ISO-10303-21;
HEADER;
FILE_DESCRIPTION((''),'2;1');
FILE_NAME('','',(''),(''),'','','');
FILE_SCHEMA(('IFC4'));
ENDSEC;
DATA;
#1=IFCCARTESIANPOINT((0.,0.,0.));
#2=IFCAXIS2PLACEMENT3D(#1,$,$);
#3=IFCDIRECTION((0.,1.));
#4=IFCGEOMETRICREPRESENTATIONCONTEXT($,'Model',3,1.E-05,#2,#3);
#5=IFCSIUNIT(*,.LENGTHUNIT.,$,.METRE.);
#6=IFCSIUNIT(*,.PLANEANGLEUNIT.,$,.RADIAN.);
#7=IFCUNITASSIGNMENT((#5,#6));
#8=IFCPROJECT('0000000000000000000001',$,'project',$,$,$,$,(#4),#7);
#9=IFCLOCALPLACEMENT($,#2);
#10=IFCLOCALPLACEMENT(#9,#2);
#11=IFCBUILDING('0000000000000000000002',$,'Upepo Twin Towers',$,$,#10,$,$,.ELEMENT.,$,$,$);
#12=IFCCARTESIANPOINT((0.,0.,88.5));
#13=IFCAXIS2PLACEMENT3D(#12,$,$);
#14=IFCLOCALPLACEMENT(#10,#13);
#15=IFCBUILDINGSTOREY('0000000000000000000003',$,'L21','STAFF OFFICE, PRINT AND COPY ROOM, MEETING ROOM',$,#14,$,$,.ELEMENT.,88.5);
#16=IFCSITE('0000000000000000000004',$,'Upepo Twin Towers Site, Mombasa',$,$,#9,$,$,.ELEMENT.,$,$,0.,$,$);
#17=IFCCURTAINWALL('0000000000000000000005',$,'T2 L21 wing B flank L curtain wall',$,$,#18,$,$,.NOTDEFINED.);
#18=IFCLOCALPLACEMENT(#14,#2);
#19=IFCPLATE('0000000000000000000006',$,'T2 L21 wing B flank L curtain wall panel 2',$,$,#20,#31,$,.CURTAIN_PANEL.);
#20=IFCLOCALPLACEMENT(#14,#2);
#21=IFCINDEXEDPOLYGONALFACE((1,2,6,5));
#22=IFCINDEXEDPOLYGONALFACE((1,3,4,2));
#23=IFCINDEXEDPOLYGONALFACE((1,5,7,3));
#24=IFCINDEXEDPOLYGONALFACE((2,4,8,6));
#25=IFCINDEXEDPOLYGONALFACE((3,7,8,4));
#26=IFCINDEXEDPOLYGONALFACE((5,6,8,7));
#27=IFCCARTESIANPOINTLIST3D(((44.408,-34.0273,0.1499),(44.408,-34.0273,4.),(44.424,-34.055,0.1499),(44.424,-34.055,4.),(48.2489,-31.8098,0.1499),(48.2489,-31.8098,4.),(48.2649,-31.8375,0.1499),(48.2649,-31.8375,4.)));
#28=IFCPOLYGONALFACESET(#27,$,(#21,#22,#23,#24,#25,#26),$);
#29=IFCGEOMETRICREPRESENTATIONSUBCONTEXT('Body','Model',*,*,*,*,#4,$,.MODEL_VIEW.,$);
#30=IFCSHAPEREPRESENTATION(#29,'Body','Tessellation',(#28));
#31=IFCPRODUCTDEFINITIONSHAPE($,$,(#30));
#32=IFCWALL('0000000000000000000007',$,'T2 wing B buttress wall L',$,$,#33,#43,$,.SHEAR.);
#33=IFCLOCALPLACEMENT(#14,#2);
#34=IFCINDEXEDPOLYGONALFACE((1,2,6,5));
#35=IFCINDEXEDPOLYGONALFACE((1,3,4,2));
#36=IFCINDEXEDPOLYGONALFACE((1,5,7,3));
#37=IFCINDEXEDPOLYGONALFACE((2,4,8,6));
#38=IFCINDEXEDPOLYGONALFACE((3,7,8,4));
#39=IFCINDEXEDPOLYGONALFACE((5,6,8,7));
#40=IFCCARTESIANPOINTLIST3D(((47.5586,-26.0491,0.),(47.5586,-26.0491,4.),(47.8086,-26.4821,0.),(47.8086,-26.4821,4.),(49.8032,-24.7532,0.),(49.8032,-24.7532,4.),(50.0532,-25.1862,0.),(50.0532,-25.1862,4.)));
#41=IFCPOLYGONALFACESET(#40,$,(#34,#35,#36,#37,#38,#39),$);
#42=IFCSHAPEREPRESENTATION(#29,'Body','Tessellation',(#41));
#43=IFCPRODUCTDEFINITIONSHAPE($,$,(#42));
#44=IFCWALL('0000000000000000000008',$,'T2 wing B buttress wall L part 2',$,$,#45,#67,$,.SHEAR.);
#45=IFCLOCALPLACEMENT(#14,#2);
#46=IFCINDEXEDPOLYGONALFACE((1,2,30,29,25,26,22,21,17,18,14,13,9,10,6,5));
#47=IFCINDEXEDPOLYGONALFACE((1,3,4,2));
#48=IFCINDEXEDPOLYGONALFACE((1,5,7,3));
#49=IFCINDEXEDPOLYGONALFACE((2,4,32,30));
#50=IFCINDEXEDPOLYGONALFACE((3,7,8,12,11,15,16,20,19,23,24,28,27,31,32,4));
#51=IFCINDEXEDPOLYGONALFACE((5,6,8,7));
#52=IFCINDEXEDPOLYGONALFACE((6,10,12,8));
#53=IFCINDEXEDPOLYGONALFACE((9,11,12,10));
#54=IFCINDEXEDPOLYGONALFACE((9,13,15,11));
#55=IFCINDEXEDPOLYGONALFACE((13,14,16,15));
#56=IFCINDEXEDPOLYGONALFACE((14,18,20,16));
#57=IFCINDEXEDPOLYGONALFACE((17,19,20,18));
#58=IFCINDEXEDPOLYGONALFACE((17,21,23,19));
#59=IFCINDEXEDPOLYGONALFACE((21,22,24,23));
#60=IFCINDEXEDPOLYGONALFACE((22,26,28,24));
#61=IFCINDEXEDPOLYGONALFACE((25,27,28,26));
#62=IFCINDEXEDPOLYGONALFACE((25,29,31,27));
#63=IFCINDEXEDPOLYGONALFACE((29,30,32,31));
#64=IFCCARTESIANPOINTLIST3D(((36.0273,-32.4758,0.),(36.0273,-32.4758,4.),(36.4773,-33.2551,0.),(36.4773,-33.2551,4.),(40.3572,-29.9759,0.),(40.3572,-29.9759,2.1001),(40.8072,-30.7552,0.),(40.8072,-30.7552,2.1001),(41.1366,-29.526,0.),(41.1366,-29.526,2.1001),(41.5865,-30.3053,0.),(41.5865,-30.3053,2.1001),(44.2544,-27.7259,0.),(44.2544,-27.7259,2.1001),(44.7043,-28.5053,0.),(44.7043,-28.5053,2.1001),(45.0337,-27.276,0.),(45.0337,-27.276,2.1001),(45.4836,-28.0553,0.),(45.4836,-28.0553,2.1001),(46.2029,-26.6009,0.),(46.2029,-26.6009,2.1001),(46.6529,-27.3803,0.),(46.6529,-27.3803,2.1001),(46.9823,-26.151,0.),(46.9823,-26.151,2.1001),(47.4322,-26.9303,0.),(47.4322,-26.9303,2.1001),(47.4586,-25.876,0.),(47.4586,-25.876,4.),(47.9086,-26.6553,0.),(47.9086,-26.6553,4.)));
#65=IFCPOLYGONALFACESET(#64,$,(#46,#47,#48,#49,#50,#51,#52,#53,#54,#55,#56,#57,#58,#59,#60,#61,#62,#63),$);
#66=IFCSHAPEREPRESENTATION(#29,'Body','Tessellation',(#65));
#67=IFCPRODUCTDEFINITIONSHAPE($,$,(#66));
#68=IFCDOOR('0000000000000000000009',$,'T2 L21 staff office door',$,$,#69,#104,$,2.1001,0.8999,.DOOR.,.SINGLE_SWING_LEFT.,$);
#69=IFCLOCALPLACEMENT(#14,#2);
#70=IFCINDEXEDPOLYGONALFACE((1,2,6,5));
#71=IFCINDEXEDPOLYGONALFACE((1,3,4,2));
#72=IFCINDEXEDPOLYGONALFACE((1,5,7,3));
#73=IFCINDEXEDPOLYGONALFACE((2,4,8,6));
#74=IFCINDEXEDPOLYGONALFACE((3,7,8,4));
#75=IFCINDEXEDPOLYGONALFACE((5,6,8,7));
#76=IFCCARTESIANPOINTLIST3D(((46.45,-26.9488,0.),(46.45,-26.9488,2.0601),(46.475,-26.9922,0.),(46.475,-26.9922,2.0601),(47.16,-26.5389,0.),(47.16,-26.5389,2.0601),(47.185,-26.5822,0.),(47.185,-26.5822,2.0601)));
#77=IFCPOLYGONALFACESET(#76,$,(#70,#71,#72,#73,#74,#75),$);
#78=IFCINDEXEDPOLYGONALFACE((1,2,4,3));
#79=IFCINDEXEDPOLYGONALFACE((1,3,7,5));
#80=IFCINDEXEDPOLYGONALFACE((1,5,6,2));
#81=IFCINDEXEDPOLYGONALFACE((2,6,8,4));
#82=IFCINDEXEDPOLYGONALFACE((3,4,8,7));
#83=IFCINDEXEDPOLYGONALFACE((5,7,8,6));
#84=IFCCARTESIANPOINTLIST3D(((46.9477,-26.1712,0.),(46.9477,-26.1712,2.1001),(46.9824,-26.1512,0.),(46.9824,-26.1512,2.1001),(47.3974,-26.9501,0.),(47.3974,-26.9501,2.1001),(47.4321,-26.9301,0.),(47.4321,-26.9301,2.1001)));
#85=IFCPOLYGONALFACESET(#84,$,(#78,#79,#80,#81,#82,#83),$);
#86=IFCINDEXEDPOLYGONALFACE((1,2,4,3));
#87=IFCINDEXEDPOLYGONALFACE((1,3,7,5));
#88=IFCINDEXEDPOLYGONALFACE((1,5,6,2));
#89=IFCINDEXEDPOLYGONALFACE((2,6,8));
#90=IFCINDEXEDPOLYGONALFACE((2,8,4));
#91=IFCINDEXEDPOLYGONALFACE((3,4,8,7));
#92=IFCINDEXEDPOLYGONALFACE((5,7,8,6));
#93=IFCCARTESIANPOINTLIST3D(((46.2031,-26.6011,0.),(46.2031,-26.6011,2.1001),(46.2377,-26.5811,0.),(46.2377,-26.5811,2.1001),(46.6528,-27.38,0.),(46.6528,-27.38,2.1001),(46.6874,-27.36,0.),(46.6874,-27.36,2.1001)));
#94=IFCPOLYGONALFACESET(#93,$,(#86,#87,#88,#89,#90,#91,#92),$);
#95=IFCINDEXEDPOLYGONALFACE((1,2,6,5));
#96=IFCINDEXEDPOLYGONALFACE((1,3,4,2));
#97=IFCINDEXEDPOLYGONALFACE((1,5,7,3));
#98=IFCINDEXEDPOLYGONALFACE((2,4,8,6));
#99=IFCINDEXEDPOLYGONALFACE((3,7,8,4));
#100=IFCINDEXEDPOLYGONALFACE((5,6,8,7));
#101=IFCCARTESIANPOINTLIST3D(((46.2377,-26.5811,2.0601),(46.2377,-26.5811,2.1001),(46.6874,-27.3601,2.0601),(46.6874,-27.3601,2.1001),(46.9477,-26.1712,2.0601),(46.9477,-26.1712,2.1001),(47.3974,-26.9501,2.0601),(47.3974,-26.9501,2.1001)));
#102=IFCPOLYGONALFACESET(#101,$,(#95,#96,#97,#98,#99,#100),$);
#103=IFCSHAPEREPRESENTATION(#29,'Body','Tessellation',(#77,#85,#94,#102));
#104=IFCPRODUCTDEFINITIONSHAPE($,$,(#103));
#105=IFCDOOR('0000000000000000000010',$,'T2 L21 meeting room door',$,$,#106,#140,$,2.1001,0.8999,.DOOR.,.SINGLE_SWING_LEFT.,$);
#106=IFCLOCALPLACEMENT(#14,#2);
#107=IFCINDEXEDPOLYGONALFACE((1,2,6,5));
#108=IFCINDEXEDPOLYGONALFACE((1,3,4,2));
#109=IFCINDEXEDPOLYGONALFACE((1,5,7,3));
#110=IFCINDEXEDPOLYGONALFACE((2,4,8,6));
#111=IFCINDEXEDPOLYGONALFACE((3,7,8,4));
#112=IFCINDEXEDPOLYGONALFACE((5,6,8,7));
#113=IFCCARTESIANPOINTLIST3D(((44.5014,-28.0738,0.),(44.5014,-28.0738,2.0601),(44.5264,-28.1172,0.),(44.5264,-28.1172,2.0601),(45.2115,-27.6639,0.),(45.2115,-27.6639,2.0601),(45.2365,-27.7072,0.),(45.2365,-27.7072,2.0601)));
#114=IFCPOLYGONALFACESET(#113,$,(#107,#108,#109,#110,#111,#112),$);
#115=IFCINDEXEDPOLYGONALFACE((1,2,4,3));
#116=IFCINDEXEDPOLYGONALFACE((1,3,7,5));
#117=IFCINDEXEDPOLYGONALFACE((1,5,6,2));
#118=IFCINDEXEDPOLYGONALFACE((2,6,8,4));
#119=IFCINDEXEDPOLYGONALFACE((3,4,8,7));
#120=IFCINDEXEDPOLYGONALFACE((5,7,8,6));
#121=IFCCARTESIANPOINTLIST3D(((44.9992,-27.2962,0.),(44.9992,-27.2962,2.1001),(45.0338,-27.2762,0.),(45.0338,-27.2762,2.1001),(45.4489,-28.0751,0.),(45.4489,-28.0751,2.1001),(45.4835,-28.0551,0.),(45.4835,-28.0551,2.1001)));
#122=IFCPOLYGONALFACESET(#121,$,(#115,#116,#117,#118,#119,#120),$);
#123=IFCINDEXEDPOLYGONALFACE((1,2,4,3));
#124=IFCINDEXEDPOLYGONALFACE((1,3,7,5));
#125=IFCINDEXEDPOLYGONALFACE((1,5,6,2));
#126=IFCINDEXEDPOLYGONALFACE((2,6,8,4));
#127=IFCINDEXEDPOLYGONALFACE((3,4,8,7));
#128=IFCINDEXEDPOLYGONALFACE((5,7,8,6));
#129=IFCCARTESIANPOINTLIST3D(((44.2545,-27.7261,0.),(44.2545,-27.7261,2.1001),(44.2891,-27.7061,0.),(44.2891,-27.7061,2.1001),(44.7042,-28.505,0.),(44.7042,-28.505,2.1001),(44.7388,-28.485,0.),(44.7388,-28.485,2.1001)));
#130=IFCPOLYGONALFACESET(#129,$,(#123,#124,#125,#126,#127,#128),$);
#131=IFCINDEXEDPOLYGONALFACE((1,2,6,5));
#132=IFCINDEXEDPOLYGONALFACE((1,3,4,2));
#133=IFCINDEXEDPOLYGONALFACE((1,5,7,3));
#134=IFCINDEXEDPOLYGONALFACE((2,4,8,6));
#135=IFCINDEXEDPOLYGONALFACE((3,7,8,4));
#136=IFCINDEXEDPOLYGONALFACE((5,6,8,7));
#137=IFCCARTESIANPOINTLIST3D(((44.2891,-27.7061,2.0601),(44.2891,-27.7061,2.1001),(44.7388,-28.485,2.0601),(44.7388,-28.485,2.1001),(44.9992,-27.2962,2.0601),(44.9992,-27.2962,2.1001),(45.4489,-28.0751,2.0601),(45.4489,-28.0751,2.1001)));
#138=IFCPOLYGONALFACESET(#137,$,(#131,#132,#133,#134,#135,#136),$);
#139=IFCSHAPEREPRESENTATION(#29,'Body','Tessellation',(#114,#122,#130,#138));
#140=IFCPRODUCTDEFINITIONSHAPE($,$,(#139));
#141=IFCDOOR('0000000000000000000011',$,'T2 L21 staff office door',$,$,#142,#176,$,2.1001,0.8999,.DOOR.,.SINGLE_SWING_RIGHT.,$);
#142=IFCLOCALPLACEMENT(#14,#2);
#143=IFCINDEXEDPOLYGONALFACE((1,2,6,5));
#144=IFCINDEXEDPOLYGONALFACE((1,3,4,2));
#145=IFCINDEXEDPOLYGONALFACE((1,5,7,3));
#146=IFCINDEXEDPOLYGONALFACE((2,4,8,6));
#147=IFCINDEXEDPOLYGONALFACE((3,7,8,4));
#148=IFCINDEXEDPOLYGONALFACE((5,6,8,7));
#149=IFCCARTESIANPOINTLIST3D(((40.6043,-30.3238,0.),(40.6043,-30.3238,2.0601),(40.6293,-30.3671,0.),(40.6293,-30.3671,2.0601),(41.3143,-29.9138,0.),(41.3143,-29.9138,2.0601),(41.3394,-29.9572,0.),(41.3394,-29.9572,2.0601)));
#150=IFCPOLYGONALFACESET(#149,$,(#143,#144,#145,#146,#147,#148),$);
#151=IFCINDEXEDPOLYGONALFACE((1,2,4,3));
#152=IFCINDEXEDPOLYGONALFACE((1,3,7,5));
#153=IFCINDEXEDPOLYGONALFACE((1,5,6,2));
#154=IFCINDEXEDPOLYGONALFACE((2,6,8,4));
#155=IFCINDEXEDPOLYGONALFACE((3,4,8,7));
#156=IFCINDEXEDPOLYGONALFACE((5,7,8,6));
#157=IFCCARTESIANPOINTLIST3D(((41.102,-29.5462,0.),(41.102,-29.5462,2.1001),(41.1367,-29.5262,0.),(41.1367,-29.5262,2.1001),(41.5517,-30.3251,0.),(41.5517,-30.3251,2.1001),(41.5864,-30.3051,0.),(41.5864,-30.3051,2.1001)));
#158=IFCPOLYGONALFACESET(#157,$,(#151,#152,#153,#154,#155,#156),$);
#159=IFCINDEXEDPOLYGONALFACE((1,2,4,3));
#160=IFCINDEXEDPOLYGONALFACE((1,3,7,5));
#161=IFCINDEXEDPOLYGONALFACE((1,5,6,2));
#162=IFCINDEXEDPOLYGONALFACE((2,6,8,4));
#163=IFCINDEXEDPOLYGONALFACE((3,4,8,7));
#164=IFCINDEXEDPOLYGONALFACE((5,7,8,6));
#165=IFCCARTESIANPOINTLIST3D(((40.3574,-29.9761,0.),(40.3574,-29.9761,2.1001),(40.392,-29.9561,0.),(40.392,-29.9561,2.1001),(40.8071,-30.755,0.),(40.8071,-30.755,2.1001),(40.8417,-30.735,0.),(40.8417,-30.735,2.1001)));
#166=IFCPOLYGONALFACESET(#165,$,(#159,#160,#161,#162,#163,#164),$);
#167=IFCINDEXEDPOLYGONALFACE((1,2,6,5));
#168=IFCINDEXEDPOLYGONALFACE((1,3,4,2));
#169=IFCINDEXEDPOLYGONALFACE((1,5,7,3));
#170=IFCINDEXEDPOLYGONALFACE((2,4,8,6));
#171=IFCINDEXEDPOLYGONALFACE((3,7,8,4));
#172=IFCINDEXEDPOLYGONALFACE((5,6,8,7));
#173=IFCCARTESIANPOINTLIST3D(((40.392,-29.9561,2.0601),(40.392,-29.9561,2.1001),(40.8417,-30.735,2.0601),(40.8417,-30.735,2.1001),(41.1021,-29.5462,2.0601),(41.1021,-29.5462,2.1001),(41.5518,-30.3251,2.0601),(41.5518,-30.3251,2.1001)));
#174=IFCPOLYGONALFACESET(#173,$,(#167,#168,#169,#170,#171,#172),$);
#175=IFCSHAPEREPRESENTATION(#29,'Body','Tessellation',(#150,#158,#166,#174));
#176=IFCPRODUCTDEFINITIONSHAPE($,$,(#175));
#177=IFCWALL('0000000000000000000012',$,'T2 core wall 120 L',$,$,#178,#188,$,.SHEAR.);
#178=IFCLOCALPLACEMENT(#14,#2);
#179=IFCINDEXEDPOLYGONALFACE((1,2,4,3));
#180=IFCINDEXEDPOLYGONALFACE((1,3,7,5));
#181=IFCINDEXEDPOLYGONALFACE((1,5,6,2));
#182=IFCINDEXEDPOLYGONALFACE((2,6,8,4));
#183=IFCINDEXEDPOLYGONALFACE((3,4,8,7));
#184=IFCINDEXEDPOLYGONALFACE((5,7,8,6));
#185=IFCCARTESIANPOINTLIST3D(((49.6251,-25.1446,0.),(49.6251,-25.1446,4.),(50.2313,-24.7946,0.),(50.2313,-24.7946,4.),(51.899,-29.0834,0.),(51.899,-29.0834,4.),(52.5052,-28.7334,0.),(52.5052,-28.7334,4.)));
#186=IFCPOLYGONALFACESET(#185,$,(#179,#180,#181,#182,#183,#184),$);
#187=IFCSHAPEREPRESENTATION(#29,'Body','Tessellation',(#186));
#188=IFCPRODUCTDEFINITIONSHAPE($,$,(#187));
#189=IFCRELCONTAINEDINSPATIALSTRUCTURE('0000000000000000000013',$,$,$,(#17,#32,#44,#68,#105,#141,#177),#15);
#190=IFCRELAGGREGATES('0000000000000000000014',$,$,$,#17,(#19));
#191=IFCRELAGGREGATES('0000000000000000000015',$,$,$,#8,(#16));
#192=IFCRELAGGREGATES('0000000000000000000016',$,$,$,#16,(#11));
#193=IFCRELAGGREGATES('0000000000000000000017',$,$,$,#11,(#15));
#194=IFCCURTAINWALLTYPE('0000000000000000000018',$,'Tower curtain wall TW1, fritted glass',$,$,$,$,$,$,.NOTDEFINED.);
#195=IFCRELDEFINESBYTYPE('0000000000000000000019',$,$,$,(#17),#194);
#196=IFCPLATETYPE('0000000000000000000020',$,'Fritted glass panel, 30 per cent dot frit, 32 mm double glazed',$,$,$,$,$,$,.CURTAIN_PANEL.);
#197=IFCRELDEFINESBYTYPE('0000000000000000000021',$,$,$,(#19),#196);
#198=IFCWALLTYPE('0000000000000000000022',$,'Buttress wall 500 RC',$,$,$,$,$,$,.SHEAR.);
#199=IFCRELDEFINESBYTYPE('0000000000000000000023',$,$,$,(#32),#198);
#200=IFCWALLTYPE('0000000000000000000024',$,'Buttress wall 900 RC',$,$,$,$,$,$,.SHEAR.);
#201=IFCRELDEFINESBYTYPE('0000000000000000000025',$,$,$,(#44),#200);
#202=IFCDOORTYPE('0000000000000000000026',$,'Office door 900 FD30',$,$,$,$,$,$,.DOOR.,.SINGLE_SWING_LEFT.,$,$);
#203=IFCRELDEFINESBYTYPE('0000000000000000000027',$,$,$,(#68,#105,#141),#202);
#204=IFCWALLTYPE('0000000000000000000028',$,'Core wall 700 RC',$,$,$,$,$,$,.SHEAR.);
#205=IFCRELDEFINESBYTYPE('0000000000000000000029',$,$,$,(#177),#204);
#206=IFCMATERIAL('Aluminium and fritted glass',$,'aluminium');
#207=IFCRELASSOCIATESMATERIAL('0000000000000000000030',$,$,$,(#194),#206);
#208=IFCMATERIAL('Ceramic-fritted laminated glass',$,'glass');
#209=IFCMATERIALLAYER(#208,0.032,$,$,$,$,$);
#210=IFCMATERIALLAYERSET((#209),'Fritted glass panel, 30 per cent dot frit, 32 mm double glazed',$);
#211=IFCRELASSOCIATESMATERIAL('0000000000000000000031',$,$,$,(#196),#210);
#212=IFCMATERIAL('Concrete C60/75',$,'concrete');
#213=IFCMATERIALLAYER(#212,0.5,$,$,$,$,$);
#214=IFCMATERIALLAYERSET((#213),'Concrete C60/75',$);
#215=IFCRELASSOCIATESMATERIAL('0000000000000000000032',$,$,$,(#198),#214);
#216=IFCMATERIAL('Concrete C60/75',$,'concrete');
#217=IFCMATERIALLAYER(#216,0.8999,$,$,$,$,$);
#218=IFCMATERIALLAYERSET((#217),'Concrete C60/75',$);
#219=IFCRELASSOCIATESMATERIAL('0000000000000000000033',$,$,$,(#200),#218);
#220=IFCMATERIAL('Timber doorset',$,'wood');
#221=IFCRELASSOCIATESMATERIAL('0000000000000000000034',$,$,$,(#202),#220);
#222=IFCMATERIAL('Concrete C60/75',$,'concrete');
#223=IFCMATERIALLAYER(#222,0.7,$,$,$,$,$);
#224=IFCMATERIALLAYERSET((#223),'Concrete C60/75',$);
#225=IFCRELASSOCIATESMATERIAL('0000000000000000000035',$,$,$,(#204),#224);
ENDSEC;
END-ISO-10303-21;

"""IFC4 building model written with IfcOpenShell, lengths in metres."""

from ifc_helpers import new_model, si_unit, direction, frame, frame_2d, origin, origin_2d, place, context, subcontext, project, spatial, rectangle, extrude, material, layer, layer_set, type_object, element, fill, aggregate, save


model = new_model("IFC4")

# Units and contexts
model_context = context("Model", 3, precision=1e-05, world=origin(), true_north=direction((0.0, 1.0)))
body_context = subcontext(model_context, "Body", "Model", "MODEL_VIEW")
ifc_project = project(units=[si_unit("LENGTHUNIT", "METRE"), si_unit("PLANEANGLEUNIT", "RADIAN")], contexts=[model_context])

# Site, building, storey
site_placement = place(None, origin())
site = spatial("IfcSite", under=ifc_project, at=site_placement, Name="Upepo Twin Towers Site, Mombasa", CompositionType="ELEMENT", RefElevation=0.0)
building_placement = place(site_placement, origin())
building = spatial("IfcBuilding", under=site, at=building_placement, Name="Upepo Twin Towers", CompositionType="ELEMENT")
storey_placement = place(building_placement, frame((0.0, 0.0, 88.5)))
storey = spatial("IfcBuildingStorey", under=building, at=storey_placement, Name="L21", Description="STAFF OFFICE, PRINT AND COPY ROOM, MEETING ROOM", CompositionType="ELEMENT", Elevation=88.5)

# Curtain wall, plate
ifc_material_1 = material(Name="Aluminium and fritted glass", Category="aluminium")
curtain_wall_type = type_object("IfcCurtainWallType", Name="Tower curtain wall TW1, fritted glass", PredefinedType="NOTDEFINED", material=ifc_material_1)
curtain_wall_placement = place(storey_placement, origin())
curtain_wall = element("IfcCurtainWall", 1, at=curtain_wall_placement, inside=storey, type_object=curtain_wall_type, Name="T2 L21 wing B flank L curtain wall", PredefinedType="NOTDEFINED")
ifc_material_2 = material(Name="Ceramic-fritted laminated glass", Category="glass")
ifc_layer_1 = layer(ifc_material_2, 0.032)
ifc_layer_set_1 = layer_set([ifc_layer_1], Name="Fritted glass panel, 30 per cent dot frit, 32 mm double glazed")
plate_type = type_object("IfcPlateType", Name="Fritted glass panel, 30 per cent dot frit, 32 mm double glazed", PredefinedType="CURTAIN_PANEL", material=ifc_layer_set_1)
plate_1_placement = place(storey_placement, frame((46.3364, -32.9324, 0.1499), z_axis=(0.0, 0.0, 1.0), x_axis=(-0.866025, -0.5, 0.0)))
plate_1 = element("IfcPlate", 2, at=plate_1_placement, type_object=plate_type, Name="T2 L21 wing B flank L curtain wall panel 2", PredefinedType="CURTAIN_PANEL", context=body_context, shape_type="SweptSolid", body=[
    extrude(rectangle(XDim=4.4351, YDim=0.032, at=origin_2d()), origin(), (0.0, 0.0, 1.0), 3.8501),
])
aggregate(curtain_wall, [plate_1])

# Wall
ifc_material_3 = material(Name="Concrete C60/75", Category="concrete")
ifc_layer_2 = layer(ifc_material_3, 0.5)
ifc_layer_set_2 = layer_set([ifc_layer_2], Name="Concrete C60/75")
wall_type_1 = type_object("IfcWallType", Name="Buttress wall 500 RC", PredefinedType="SHEAR", material=ifc_layer_set_2)
wall_1_placement = place(storey_placement, frame((49.9282, -24.9697, 0.0), z_axis=(0.0, 0.0, 1.0), x_axis=(-0.866032, -0.499989, 0.0)))
element("IfcWall", 3, at=wall_1_placement, inside=storey, type_object=wall_type_1, Name="T2 wing B buttress wall L", PredefinedType="SHEAR", context=body_context, shape_type="SweptSolid", body=[
    extrude(rectangle(XDim=2.5918, YDim=0.5, at=frame_2d((1.2959, 0.0))), origin(), (0.0, 0.0, 1.0), 4.0),
])

# Wall, openings, doors
ifc_material_4 = material(Name="Concrete C60/75", Category="concrete")
ifc_layer_3 = layer(ifc_material_4, 0.8999)
ifc_layer_set_3 = layer_set([ifc_layer_3], Name="Concrete C60/75")
wall_type_2 = type_object("IfcWallType", Name="Buttress wall 900 RC", PredefinedType="SHEAR", material=ifc_layer_set_3)
wall_2_placement = place(storey_placement, frame((47.6836, -26.2656, 0.0), z_axis=(0.0, 0.0, 1.0), x_axis=(-0.866028, -0.499996, 0.0)))
wall_2 = element("IfcWall", 4, at=wall_2_placement, inside=storey, type_object=wall_type_2, Name="T2 wing B buttress wall L part 2", PredefinedType="SHEAR", context=body_context, shape_type="SweptSolid", body=[
    extrude(rectangle(XDim=13.1997, YDim=0.8999, at=frame_2d((6.5999, 0.0))), origin(), (0.0, 0.0, 1.0), 4.0),
])
opening_1_placement = place(wall_2_placement, frame((0.55, 0.0, 0.0)))
opening_1 = element("IfcOpeningElement", 5, at=opening_1_placement, cuts=wall_2, PredefinedType="OPENING", context=body_context, shape_type="SweptSolid", body=[
    extrude(rectangle(XDim=0.8999, YDim=2.1001, at=frame_2d((0.45, 1.05))), frame((0.0, 0.46, 0.0), z_axis=(0.0, -1.0, 0.0), x_axis=(1.0, 0.0, 0.0)), (0.0, 0.0, 1.0), 0.9199),
])
opening_2_placement = place(wall_2_placement, frame((2.8, 0.0, 0.0)))
opening_2 = element("IfcOpeningElement", 6, at=opening_2_placement, cuts=wall_2, PredefinedType="OPENING", context=body_context, shape_type="SweptSolid", body=[
    extrude(rectangle(XDim=0.8999, YDim=2.1001, at=frame_2d((0.45, 1.05))), frame((0.0, 0.46, 0.0), z_axis=(0.0, -1.0, 0.0), x_axis=(1.0, 0.0, 0.0)), (0.0, 0.0, 1.0), 0.9199),
])
opening_3_placement = place(wall_2_placement, frame((7.3, 0.0, 0.0)))
opening_3 = element("IfcOpeningElement", 7, at=opening_3_placement, cuts=wall_2, PredefinedType="OPENING", context=body_context, shape_type="SweptSolid", body=[
    extrude(rectangle(XDim=0.8999, YDim=2.1001, at=frame_2d((0.45, 1.05))), frame((0.0, 0.46, 0.0), z_axis=(0.0, -1.0, 0.0), x_axis=(1.0, 0.0, 0.0)), (0.0, 0.0, 1.0), 0.9199),
])
ifc_material_5 = material(Name="Timber doorset", Category="wood")
door_type_1 = type_object("IfcDoorType", Name="Office door 900 FD30", OperationType="SINGLE_SWING_LEFT", PredefinedType="DOOR", material=ifc_material_5)
door_1_placement = place(opening_1_placement, origin())
door_1 = element("IfcDoor", 8, at=door_1_placement, inside=storey, type_object=door_type_1, Name="T2 L21 staff office door", OperationType="SINGLE_SWING_LEFT", OverallHeight=2.1001, OverallWidth=0.8999, PredefinedType="DOOR", context=body_context, shape_type="SweptSolid", body=[
    extrude(rectangle(XDim=0.8199, YDim=2.0601, at=frame_2d((0.45, 1.03))), frame((0.0, 0.0249, 0.0), z_axis=(0.0, -1.0, 0.0), x_axis=(1.0, 0.0, 0.0)), (0.0, 0.0, 1.0), 0.05),
    extrude(rectangle(XDim=0.04, YDim=2.1001, at=frame_2d((0.02, 1.05))), frame((0.0, 0.4497, 0.0), z_axis=(0.0, -1.0, 0.0), x_axis=(1.0, 0.0, 0.0)), (0.0, 0.0, 1.0), 0.8994),
    extrude(rectangle(XDim=0.04, YDim=2.1001, at=frame_2d((0.8799, 1.05))), frame((0.0, 0.4497, 0.0), z_axis=(0.0, -1.0, 0.0), x_axis=(1.0, 0.0, 0.0)), (0.0, 0.0, 1.0), 0.8994),
    extrude(rectangle(XDim=0.8199, YDim=0.04, at=frame_2d((0.45, 2.0801))), frame((0.0, 0.4497, 0.0), z_axis=(0.0, -1.0, 0.0), x_axis=(1.0, 0.0, 0.0)), (0.0, 0.0, 1.0), 0.8994),
])
fill(opening_1, door_1)
door_2_placement = place(opening_2_placement, origin())
door_2 = element("IfcDoor", 9, at=door_2_placement, inside=storey, type_object=door_type_1, Name="T2 L21 meeting room door", OperationType="SINGLE_SWING_LEFT", OverallHeight=2.1001, OverallWidth=0.8999, PredefinedType="DOOR", context=body_context, shape_type="SweptSolid", body=[
    extrude(rectangle(XDim=0.8199, YDim=2.0601, at=frame_2d((0.45, 1.03))), frame((0.0, 0.0249, 0.0), z_axis=(0.0, -1.0, 0.0), x_axis=(1.0, 0.0, 0.0)), (0.0, 0.0, 1.0), 0.05),
    extrude(rectangle(XDim=0.04, YDim=2.1001, at=frame_2d((0.02, 1.05))), frame((0.0, 0.4497, 0.0), z_axis=(0.0, -1.0, 0.0), x_axis=(1.0, 0.0, 0.0)), (0.0, 0.0, 1.0), 0.8994),
    extrude(rectangle(XDim=0.04, YDim=2.1001, at=frame_2d((0.8799, 1.05))), frame((0.0, 0.4497, 0.0), z_axis=(0.0, -1.0, 0.0), x_axis=(1.0, 0.0, 0.0)), (0.0, 0.0, 1.0), 0.8994),
    extrude(rectangle(XDim=0.8199, YDim=0.04, at=frame_2d((0.45, 2.0801))), frame((0.0, 0.4497, 0.0), z_axis=(0.0, -1.0, 0.0), x_axis=(1.0, 0.0, 0.0)), (0.0, 0.0, 1.0), 0.8994),
])
fill(opening_2, door_2)
door_3_placement = place(opening_3_placement, origin())
door_3 = element("IfcDoor", 10, at=door_3_placement, inside=storey, type_object=door_type_1, Name="T2 L21 staff office door", OperationType="SINGLE_SWING_RIGHT", OverallHeight=2.1001, OverallWidth=0.8999, PredefinedType="DOOR", context=body_context, shape_type="SweptSolid", body=[
    extrude(rectangle(XDim=0.8199, YDim=2.0601, at=frame_2d((0.45, 1.03))), frame((0.0, 0.0249, 0.0), z_axis=(0.0, -1.0, 0.0), x_axis=(1.0, 0.0, 0.0)), (0.0, 0.0, 1.0), 0.05),
    extrude(rectangle(XDim=0.04, YDim=2.1001, at=frame_2d((0.02, 1.05))), frame((0.0, 0.4497, 0.0), z_axis=(0.0, -1.0, 0.0), x_axis=(1.0, 0.0, 0.0)), (0.0, 0.0, 1.0), 0.8994),
    extrude(rectangle(XDim=0.04, YDim=2.1001, at=frame_2d((0.8799, 1.05))), frame((0.0, 0.4497, 0.0), z_axis=(0.0, -1.0, 0.0), x_axis=(1.0, 0.0, 0.0)), (0.0, 0.0, 1.0), 0.8994),
    extrude(rectangle(XDim=0.8199, YDim=0.04, at=frame_2d((0.45, 2.0801))), frame((0.0, 0.4497, 0.0), z_axis=(0.0, -1.0, 0.0), x_axis=(1.0, 0.0, 0.0)), (0.0, 0.0, 1.0), 0.8994),
])
fill(opening_3, door_3)

# Wall
ifc_material_6 = material(Name="Concrete C60/75", Category="concrete")
ifc_layer_4 = layer(ifc_material_6, 0.7)
ifc_layer_set_4 = layer_set([ifc_layer_4], Name="Concrete C60/75")
wall_type_3 = type_object("IfcWallType", Name="Core wall 700 RC", PredefinedType="SHEAR", material=ifc_layer_set_4)
wall_3_placement = place(storey_placement, frame((49.9282, -24.9697, 0.0), z_axis=(0.0, 0.0, 1.0), x_axis=(0.499984, -0.866035, 0.0)))
element("IfcWall", 11, at=wall_3_placement, inside=storey, type_object=wall_type_3, Name="T2 core wall 120 L", PredefinedType="SHEAR", context=body_context, shape_type="SweptSolid", body=[
    extrude(rectangle(XDim=4.5481, YDim=0.7, at=frame_2d((2.2739, 0.0))), origin(), (0.0, 0.0, 1.0), 4.0),
])

save(model, "model.ifc")
